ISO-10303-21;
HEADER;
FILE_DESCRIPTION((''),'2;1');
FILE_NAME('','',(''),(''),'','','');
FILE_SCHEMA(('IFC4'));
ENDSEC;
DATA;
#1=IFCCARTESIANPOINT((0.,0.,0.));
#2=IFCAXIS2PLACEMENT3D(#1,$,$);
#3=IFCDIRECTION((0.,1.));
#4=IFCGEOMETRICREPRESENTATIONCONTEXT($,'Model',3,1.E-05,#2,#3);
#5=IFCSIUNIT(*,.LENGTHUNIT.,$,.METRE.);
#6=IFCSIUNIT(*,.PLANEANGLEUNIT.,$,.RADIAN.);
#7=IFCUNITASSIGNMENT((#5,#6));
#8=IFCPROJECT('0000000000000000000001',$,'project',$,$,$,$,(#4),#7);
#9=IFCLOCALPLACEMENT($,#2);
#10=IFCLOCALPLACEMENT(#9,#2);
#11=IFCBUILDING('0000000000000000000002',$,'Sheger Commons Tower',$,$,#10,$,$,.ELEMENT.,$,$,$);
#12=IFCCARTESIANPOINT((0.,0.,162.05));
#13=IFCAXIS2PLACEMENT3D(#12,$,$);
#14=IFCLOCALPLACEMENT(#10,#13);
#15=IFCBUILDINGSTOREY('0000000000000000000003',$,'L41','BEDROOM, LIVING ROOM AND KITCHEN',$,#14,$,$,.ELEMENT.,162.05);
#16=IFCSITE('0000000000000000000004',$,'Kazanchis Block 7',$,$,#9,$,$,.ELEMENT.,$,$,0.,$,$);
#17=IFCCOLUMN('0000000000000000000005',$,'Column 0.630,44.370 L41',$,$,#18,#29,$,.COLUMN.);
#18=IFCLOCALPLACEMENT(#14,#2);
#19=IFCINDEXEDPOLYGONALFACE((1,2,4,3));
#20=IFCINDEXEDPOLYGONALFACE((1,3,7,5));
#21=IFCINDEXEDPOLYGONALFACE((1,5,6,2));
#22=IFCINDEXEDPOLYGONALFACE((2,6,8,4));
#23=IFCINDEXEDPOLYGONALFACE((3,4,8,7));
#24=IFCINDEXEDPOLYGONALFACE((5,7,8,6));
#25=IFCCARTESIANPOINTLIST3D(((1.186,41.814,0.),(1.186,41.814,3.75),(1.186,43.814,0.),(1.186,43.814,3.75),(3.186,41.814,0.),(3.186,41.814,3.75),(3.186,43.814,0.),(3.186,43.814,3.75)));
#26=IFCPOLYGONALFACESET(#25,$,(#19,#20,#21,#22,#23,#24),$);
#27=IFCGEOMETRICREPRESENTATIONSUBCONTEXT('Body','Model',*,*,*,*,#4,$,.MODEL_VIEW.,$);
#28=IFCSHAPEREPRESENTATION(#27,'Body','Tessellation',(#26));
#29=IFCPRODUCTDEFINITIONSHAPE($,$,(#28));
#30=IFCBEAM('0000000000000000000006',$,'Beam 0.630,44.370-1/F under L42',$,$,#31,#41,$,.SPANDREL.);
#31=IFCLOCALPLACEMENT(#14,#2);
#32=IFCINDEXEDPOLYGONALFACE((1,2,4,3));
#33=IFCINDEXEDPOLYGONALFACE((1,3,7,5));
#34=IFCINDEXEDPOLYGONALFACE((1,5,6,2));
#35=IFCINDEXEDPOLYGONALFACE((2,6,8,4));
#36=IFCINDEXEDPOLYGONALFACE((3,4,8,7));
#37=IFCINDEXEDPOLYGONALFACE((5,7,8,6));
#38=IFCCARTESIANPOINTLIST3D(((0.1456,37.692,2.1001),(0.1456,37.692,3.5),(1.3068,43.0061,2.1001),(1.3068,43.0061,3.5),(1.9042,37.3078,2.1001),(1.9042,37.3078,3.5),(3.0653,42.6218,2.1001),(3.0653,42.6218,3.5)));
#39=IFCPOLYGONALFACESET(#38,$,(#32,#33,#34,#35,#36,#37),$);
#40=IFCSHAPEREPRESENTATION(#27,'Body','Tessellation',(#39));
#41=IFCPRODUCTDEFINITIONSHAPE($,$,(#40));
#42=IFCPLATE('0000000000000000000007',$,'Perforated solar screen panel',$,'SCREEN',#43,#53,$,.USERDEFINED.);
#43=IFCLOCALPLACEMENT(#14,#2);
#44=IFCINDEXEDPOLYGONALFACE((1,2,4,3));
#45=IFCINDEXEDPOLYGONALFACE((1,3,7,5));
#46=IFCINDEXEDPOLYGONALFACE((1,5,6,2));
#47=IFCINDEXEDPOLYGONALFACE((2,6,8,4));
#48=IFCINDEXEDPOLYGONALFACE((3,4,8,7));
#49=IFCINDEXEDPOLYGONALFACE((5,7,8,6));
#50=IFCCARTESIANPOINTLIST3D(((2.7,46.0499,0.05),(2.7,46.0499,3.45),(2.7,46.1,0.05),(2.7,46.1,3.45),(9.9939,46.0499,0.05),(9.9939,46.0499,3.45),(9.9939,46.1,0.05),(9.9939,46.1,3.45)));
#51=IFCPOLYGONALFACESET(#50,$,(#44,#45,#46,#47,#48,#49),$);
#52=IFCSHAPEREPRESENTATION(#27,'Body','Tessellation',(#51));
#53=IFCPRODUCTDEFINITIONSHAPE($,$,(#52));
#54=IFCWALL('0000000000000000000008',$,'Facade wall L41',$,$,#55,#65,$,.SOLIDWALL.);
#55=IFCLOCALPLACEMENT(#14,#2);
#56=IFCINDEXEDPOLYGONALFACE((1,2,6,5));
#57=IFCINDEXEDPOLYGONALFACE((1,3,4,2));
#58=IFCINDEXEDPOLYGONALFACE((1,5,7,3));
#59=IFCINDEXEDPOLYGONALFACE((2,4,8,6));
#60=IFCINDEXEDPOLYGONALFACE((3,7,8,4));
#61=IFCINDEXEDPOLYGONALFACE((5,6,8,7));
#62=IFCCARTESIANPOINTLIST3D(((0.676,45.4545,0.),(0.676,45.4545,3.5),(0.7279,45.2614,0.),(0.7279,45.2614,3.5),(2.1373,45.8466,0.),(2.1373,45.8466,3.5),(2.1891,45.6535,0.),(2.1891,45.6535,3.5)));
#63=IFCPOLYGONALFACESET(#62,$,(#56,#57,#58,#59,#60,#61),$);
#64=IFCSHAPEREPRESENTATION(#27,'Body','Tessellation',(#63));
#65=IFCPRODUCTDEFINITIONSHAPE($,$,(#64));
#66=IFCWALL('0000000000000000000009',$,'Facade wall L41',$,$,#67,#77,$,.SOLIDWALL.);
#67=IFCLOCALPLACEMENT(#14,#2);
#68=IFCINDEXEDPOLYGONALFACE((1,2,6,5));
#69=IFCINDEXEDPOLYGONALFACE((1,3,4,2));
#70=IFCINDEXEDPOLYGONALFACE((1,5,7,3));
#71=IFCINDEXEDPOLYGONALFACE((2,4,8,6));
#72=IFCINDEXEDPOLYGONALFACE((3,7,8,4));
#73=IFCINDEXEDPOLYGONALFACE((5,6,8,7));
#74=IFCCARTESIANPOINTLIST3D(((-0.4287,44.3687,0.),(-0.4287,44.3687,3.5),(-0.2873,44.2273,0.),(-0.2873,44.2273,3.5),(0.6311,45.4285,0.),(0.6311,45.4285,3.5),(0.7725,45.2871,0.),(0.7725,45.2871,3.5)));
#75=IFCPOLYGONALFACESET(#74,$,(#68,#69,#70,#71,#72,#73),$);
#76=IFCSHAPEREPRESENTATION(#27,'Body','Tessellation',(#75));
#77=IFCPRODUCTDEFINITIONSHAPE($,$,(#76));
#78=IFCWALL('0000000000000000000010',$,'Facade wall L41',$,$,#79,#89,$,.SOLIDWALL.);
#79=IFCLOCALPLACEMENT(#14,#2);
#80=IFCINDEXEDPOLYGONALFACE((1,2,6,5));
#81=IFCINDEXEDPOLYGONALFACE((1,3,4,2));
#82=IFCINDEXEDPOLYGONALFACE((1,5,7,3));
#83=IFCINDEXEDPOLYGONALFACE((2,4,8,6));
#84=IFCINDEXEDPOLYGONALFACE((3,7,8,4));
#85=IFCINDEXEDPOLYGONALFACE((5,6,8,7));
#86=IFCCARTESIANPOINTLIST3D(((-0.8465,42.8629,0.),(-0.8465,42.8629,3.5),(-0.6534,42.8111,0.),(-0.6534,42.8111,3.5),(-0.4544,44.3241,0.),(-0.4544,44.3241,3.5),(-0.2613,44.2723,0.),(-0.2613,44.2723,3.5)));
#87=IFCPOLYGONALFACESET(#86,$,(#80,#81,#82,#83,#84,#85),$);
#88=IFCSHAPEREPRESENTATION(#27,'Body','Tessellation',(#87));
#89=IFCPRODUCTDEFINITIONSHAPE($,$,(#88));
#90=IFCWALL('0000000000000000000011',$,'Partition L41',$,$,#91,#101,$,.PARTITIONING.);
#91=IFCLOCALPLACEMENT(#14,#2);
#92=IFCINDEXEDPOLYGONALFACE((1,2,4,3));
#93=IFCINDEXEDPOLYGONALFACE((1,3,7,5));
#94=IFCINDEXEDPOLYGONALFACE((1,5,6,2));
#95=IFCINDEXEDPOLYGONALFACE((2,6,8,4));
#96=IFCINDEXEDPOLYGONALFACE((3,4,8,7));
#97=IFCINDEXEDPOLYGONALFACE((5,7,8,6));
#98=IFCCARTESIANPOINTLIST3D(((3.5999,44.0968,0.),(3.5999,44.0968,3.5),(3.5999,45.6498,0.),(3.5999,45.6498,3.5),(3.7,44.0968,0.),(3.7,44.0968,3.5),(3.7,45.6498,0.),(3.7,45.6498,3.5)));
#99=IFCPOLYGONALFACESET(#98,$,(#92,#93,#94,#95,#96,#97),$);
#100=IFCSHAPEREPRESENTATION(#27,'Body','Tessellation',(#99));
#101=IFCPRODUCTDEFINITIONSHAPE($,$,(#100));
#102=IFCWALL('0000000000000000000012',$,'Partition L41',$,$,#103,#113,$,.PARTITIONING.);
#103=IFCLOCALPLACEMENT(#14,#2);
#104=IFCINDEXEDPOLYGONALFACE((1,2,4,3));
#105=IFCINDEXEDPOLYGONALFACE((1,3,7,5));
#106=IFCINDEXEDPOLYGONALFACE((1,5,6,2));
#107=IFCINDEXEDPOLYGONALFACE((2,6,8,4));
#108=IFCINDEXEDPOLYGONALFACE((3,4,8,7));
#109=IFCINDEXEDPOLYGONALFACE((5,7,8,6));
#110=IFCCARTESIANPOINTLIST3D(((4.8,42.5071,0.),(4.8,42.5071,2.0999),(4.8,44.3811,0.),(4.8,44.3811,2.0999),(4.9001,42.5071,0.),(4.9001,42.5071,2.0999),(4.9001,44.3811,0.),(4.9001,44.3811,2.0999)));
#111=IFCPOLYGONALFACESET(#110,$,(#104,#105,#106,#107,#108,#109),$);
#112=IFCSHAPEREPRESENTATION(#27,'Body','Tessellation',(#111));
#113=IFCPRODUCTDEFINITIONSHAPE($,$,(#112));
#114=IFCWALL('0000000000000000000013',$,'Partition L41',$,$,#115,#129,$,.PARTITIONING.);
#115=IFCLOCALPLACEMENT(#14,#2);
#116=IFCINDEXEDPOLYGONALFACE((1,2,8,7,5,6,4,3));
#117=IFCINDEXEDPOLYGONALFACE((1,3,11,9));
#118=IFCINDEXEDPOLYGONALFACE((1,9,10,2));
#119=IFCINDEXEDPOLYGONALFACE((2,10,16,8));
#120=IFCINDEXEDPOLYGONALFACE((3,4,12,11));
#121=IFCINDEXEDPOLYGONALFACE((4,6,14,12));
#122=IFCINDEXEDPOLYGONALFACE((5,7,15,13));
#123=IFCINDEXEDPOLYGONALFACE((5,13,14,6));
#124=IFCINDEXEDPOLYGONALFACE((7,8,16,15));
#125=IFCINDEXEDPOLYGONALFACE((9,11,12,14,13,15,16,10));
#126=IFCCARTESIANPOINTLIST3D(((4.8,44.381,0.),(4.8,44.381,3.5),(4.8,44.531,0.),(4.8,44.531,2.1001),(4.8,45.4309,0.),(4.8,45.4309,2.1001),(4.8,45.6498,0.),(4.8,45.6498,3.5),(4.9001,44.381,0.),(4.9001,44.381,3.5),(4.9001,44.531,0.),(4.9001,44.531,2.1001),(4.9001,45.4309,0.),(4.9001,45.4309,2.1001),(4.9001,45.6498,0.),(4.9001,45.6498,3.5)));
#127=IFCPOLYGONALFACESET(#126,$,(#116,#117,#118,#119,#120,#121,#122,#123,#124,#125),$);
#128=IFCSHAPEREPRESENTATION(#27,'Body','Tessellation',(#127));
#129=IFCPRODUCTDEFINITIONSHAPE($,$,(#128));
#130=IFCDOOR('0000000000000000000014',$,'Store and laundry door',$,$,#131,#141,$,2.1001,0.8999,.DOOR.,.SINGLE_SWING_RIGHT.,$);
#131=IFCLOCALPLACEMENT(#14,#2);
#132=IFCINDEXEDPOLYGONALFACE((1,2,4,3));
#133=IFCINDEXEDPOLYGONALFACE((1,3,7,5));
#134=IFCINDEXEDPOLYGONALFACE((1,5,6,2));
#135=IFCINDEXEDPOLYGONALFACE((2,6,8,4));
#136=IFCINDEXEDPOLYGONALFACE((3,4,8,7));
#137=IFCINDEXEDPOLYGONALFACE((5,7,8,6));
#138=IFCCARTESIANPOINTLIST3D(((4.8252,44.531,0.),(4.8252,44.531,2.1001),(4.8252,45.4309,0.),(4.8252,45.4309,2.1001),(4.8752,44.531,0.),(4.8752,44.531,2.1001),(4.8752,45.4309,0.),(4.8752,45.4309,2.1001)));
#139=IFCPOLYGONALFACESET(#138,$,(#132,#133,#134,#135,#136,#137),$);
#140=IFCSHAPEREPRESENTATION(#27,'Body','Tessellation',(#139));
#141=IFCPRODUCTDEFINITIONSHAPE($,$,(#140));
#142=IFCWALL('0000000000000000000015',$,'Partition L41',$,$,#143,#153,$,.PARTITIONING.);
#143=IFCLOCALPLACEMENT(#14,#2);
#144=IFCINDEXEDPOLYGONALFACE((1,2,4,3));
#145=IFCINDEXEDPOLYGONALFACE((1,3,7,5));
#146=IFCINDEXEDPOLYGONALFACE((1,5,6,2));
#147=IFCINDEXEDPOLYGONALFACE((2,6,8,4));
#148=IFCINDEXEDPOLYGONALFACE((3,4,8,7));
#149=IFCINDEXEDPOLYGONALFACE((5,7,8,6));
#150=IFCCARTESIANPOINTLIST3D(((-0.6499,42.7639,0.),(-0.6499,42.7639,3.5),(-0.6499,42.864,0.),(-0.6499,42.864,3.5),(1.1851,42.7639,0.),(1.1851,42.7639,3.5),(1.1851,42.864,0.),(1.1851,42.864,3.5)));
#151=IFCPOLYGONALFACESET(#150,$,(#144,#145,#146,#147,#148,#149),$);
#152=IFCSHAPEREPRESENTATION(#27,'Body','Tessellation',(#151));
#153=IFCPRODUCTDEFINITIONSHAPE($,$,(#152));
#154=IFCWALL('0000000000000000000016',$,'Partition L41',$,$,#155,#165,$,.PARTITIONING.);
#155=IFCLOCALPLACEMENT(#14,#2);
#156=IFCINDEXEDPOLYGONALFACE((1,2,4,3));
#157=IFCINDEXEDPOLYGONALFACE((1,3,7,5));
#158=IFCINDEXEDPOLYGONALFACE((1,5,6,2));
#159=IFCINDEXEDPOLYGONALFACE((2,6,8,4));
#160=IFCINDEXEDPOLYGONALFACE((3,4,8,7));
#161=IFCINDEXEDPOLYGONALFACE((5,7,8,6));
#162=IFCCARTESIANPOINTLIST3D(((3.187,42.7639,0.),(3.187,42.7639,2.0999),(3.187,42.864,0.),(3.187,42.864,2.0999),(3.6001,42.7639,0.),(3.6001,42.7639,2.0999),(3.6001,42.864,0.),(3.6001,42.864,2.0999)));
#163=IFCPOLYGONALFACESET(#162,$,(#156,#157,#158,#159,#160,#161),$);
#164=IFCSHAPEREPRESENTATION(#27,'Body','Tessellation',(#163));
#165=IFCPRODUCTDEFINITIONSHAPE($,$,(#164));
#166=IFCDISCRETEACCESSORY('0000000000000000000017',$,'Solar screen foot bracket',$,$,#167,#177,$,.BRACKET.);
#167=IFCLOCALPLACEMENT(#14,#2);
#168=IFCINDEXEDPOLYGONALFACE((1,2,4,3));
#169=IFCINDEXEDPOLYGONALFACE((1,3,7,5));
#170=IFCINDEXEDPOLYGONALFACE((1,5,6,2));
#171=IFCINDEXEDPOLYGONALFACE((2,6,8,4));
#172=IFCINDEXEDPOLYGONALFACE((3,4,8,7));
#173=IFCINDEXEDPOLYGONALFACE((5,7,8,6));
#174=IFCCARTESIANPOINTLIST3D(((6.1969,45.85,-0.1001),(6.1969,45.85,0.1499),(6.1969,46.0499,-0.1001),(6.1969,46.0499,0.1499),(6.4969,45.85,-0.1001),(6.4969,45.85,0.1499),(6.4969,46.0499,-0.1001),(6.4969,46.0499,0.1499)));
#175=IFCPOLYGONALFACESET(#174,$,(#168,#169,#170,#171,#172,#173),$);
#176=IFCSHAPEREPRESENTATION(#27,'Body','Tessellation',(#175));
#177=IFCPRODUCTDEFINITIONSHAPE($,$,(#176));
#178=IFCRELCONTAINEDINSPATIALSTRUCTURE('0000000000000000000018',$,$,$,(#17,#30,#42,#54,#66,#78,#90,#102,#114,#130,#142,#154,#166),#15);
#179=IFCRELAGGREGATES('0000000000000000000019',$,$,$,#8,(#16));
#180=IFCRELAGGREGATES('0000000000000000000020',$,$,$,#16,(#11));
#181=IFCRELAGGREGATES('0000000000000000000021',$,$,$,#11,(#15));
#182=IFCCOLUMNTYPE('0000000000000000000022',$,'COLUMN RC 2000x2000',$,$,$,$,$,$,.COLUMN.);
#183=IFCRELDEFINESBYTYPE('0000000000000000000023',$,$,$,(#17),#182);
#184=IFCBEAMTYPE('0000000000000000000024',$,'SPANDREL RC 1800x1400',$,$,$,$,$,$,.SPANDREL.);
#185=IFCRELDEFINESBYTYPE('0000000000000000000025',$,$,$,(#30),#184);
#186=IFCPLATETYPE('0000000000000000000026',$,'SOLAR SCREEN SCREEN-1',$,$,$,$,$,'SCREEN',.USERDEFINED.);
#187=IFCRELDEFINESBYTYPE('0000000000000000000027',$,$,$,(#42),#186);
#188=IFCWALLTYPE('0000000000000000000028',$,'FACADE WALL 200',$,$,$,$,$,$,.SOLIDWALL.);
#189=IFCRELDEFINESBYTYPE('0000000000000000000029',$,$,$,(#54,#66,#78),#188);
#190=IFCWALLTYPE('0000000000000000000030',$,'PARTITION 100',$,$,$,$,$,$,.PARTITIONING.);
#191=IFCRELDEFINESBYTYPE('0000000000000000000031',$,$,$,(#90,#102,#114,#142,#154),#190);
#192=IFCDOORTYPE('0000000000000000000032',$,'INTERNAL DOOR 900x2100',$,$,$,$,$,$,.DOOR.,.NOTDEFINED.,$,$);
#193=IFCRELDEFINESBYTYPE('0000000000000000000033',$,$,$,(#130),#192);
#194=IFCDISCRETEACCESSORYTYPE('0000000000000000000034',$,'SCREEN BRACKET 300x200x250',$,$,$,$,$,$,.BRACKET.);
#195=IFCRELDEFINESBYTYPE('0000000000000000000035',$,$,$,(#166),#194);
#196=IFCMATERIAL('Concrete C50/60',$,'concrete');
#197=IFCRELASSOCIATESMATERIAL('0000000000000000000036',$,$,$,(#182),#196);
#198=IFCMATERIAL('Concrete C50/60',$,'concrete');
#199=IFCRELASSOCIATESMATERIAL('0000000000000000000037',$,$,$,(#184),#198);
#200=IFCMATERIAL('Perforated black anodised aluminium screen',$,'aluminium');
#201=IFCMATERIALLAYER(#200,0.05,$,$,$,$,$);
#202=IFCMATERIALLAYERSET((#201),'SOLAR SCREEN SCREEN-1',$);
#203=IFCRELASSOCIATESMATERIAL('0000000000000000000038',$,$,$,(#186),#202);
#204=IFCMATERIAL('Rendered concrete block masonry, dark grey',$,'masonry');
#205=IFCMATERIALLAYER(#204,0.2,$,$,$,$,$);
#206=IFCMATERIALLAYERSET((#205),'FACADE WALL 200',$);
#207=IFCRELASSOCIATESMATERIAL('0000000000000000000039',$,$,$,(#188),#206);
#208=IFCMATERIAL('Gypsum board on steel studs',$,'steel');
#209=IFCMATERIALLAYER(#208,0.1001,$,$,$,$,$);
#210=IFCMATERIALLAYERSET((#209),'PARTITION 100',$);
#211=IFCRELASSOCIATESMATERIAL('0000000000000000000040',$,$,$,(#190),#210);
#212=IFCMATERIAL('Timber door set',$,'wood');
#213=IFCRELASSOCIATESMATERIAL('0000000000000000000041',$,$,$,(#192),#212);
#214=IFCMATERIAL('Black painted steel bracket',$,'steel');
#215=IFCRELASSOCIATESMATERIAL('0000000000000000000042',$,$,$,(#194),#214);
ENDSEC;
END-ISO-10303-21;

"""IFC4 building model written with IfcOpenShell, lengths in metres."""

from ifc_helpers import new_model, si_unit, direction, frame, frame_2d, origin, origin_2d, place, context, subcontext, project, spatial, rectangle, extrude, material, layer, layer_set, material_profile, profile_set, type_object, element, fill, save


model = new_model("IFC4")

# Units and contexts
model_context = context("Model", 3, precision=1e-05, world=origin(), true_north=direction((0.0, 1.0)))
body_context = subcontext(model_context, "Body", "Model", "MODEL_VIEW")
ifc_project = project(units=[si_unit("LENGTHUNIT", "METRE"), si_unit("PLANEANGLEUNIT", "RADIAN")], contexts=[model_context])

# Site, building, storey
site_placement = place(None, origin())
site = spatial("IfcSite", under=ifc_project, at=site_placement, Name="Kazanchis Block 7", CompositionType="ELEMENT", RefElevation=0.0)
building_placement = place(site_placement, origin())
building = spatial("IfcBuilding", under=site, at=building_placement, Name="Sheger Commons Tower", CompositionType="ELEMENT")
storey_placement = place(building_placement, frame((0.0, 0.0, 162.05)))
storey = spatial("IfcBuildingStorey", under=building, at=storey_placement, Name="L41", Description="BEDROOM, LIVING ROOM AND KITCHEN", CompositionType="ELEMENT", Elevation=162.05)

# Column
ifc_material_1 = material(Name="Concrete C50/60", Category="concrete")
ifc_material_profile_1 = material_profile(ifc_material_1, rectangle(XDim=2.0, YDim=2.0, at=origin_2d()), Name="RC 2000x2000")
ifc_profile_set_1 = profile_set([ifc_material_profile_1], Name="Concrete C50/60")
column_type = type_object("IfcColumnType", Name="COLUMN RC 2000x2000", PredefinedType="COLUMN", material=ifc_profile_set_1)
column_placement = place(storey_placement, frame((2.186, 42.814, 0.0), z_axis=(0.0, 0.0, 1.0), x_axis=(1.0, 0.0, 0.0)))
element("IfcColumn", 1, at=column_placement, inside=storey, type_object=column_type, Name="Column 0.630,44.370 L41", PredefinedType="COLUMN", context=body_context, shape_type="SweptSolid", body=[
    extrude(rectangle(XDim=2.0, YDim=2.0, at=origin_2d()), origin(), (0.0, 0.0, 1.0), 3.75),
])

# Beam
ifc_material_2 = material(Name="Concrete C50/60", Category="concrete")
ifc_material_profile_2 = material_profile(ifc_material_2, rectangle(XDim=1.8, YDim=1.3999, at=origin_2d()), Name="RC 1800x1400")
ifc_profile_set_2 = profile_set([ifc_material_profile_2], Name="Concrete C50/60")
beam_type = type_object("IfcBeamType", Name="SPANDREL RC 1800x1400", PredefinedType="SPANDREL", material=ifc_profile_set_2)
beam_placement = place(storey_placement, frame((2.186, 42.814, 2.8), z_axis=(-0.213469, -0.97695, 0.0), x_axis=(0.97695, -0.213469, 0.0)))
element("IfcBeam", 2, at=beam_placement, inside=storey, type_object=beam_type, Name="Beam 0.630,44.370-1/F under L42", PredefinedType="SPANDREL", context=body_context, shape_type="SweptSolid", body=[
    extrude(rectangle(XDim=1.8, YDim=1.3999, at=origin_2d()), origin(), (0.0, 0.0, 1.0), 5.4395),
])

# Plate
ifc_material_3 = material(Name="Perforated black anodised aluminium screen", Category="aluminium")
ifc_layer_1 = layer(ifc_material_3, 0.05)
ifc_layer_set_1 = layer_set([ifc_layer_1], Name="SOLAR SCREEN SCREEN-1")
plate_type = type_object("IfcPlateType", Name="SOLAR SCREEN SCREEN-1", ElementType="SCREEN", PredefinedType="USERDEFINED", material=ifc_layer_set_1)
plate_placement = place(storey_placement, frame((6.3469, 46.075, 0.05), z_axis=(0.0, 0.0, 1.0), x_axis=(-1.0, 0.0, 0.0)))
element("IfcPlate", 3, at=plate_placement, inside=storey, type_object=plate_type, Name="Perforated solar screen panel", ObjectType="SCREEN", PredefinedType="USERDEFINED", context=body_context, shape_type="SweptSolid", body=[
    extrude(rectangle(XDim=7.2939, YDim=0.05, at=origin_2d()), origin(), (0.0, 0.0, 1.0), 3.3999),
])

# Walls
ifc_material_4 = material(Name="Rendered concrete block masonry, dark grey", Category="masonry")
ifc_layer_2 = layer(ifc_material_4, 0.2)
ifc_layer_set_2 = layer_set([ifc_layer_2], Name="FACADE WALL 200")
wall_type_1 = type_object("IfcWallType", Name="FACADE WALL 200", PredefinedType="SOLIDWALL", material=ifc_layer_set_2)
wall_1_placement = place(storey_placement, frame((2.1631, 45.75, 0.0), z_axis=(0.0, 0.0, 1.0), x_axis=(-0.965832, -0.259169, 0.0)))
element("IfcWall", 4, at=wall_1_placement, inside=storey, type_object=wall_type_1, Name="Facade wall L41", PredefinedType="SOLIDWALL", context=body_context, shape_type="SweptSolid", body=[
    extrude(rectangle(XDim=1.5129, YDim=0.2, at=frame_2d((0.7563, 0.0))), origin(), (0.0, 0.0, 1.0), 3.5),
])
wall_2_placement = place(storey_placement, frame((0.7019, 45.3579, 0.0), z_axis=(0.0, 0.0, 1.0), x_axis=(-0.707107, -0.707107, 0.0)))
element("IfcWall", 5, at=wall_2_placement, inside=storey, type_object=wall_type_1, Name="Facade wall L41", PredefinedType="SOLIDWALL", context=body_context, shape_type="SweptSolid", body=[
    extrude(rectangle(XDim=1.4988, YDim=0.2, at=frame_2d((0.7495, 0.0))), origin(), (0.0, 0.0, 1.0), 3.5),
])
wall_3_placement = place(storey_placement, frame((-0.3579, 44.2981, 0.0), z_axis=(0.0, 0.0, 1.0), x_axis=(-0.259169, -0.965832, 0.0)))
element("IfcWall", 6, at=wall_3_placement, inside=storey, type_object=wall_type_1, Name="Facade wall L41", PredefinedType="SOLIDWALL", context=body_context, shape_type="SweptSolid", body=[
    extrude(rectangle(XDim=1.5129, YDim=0.2, at=frame_2d((0.7563, 0.0))), origin(), (0.0, 0.0, 1.0), 3.5),
])

# Walls
ifc_material_5 = material(Name="Gypsum board on steel studs", Category="steel")
ifc_layer_3 = layer(ifc_material_5, 0.1001)
ifc_layer_set_3 = layer_set([ifc_layer_3], Name="PARTITION 100")
wall_type_2 = type_object("IfcWallType", Name="PARTITION 100", PredefinedType="PARTITIONING", material=ifc_layer_set_3)
wall_4_placement = place(storey_placement, frame((3.6499, 44.0969, 0.0), z_axis=(0.0, 0.0, 1.0), x_axis=(0.0, 1.0, 0.0)))
element("IfcWall", 7, at=wall_4_placement, inside=storey, type_object=wall_type_2, Name="Partition L41", PredefinedType="PARTITIONING", context=body_context, shape_type="SweptSolid", body=[
    extrude(rectangle(XDim=1.553, YDim=0.1001, at=frame_2d((0.7764, 0.0))), origin(), (0.0, 0.0, 1.0), 3.5),
])
wall_5_placement = place(storey_placement, frame((4.8501, 42.5071, 0.0), z_axis=(0.0, 0.0, 1.0), x_axis=(0.0, 1.0, 0.0)))
element("IfcWall", 8, at=wall_5_placement, inside=storey, type_object=wall_type_2, Name="Partition L41", PredefinedType="PARTITIONING", context=body_context, shape_type="SweptSolid", body=[
    extrude(rectangle(XDim=1.874, YDim=0.1001, at=frame_2d((0.937, 0.0))), origin(), (0.0, 0.0, 1.0), 2.0999),
])

# Wall, opening, door
wall_6_placement = place(storey_placement, frame((4.8501, 44.3811, 0.0), z_axis=(0.0, 0.0, 1.0), x_axis=(0.0, 1.0, 0.0)))
wall_6 = element("IfcWall", 9, at=wall_6_placement, inside=storey, type_object=wall_type_2, Name="Partition L41", PredefinedType="PARTITIONING", context=body_context, shape_type="SweptSolid", body=[
    extrude(rectangle(XDim=1.2688, YDim=0.1001, at=frame_2d((0.6343, 0.0))), origin(), (0.0, 0.0, 1.0), 3.5),
])
opening_1_placement = place(wall_6_placement, frame((0.1499, 0.0, 0.0)))
opening_1 = element("IfcOpeningElement", 10, at=opening_1_placement, cuts=wall_6, PredefinedType="OPENING", context=body_context, shape_type="SweptSolid", body=[
    extrude(rectangle(XDim=0.8999, YDim=2.1001, at=frame_2d((0.45, 1.05))), frame((0.0, 0.0601, 0.0), z_axis=(0.0, -1.0, 0.0), x_axis=(1.0, 0.0, 0.0)), (0.0, 0.0, 1.0), 0.1201),
])
ifc_material_6 = material(Name="Timber door set", Category="wood")
door_type = type_object("IfcDoorType", Name="INTERNAL DOOR 900x2100", OperationType="NOTDEFINED", PredefinedType="DOOR", material=ifc_material_6)
door_placement = place(opening_1_placement, origin())
door = element("IfcDoor", 11, at=door_placement, inside=storey, type_object=door_type, Name="Store and laundry door", OperationType="SINGLE_SWING_RIGHT", OverallHeight=2.1001, OverallWidth=0.8999, PredefinedType="DOOR", context=body_context, shape_type="SweptSolid", body=[
    extrude(rectangle(XDim=0.8999, YDim=2.1001, at=frame_2d((0.45, 1.05))), frame((0.0, 0.0249, 0.0), z_axis=(0.0, -1.0, 0.0), x_axis=(1.0, 0.0, 0.0)), (0.0, 0.0, 1.0), 0.05),
])
fill(opening_1, door)

# Walls
wall_7_placement = place(storey_placement, frame((-0.6499, 42.814, 0.0), z_axis=(0.0, 0.0, 1.0), x_axis=(1.0, 0.0, 0.0)))
element("IfcWall", 12, at=wall_7_placement, inside=storey, type_object=wall_type_2, Name="Partition L41", PredefinedType="PARTITIONING", context=body_context, shape_type="SweptSolid", body=[
    extrude(rectangle(XDim=1.835, YDim=0.1001, at=frame_2d((0.9175, 0.0))), origin(), (0.0, 0.0, 1.0), 3.5),
])
wall_8_placement = place(storey_placement, frame((3.187, 42.814, 0.0), z_axis=(0.0, 0.0, 1.0), x_axis=(1.0, 0.0, 0.0)))
element("IfcWall", 13, at=wall_8_placement, inside=storey, type_object=wall_type_2, Name="Partition L41", PredefinedType="PARTITIONING", context=body_context, shape_type="SweptSolid", body=[
    extrude(rectangle(XDim=0.4131, YDim=0.1001, at=frame_2d((0.2065, 0.0))), origin(), (0.0, 0.0, 1.0), 2.0999),
])

# Discrete accessory
ifc_material_7 = material(Name="Black painted steel bracket", Category="steel")
discrete_accessory_type = type_object("IfcDiscreteAccessoryType", Name="SCREEN BRACKET 300x200x250", PredefinedType="BRACKET", material=ifc_material_7)
for number, where, z_axis, x_axis, name in (
    (14, (6.3469, 45.95, -0.1001), (0.0, 0.0, 1.0), (-1.0, 0.0, 0.0), "Solar screen foot bracket"),
):
    element("IfcDiscreteAccessory", number, at=place(storey_placement, frame(where, z_axis=z_axis, x_axis=x_axis)), inside=storey, type_object=discrete_accessory_type, Name=name, PredefinedType="BRACKET", context=body_context, shape_type="SweptSolid", body=[
        extrude(rectangle(XDim=0.3, YDim=0.2, at=origin_2d()), origin(), (0.0, 0.0, 1.0), 0.25),
    ])

save(model, "model.ifc")
